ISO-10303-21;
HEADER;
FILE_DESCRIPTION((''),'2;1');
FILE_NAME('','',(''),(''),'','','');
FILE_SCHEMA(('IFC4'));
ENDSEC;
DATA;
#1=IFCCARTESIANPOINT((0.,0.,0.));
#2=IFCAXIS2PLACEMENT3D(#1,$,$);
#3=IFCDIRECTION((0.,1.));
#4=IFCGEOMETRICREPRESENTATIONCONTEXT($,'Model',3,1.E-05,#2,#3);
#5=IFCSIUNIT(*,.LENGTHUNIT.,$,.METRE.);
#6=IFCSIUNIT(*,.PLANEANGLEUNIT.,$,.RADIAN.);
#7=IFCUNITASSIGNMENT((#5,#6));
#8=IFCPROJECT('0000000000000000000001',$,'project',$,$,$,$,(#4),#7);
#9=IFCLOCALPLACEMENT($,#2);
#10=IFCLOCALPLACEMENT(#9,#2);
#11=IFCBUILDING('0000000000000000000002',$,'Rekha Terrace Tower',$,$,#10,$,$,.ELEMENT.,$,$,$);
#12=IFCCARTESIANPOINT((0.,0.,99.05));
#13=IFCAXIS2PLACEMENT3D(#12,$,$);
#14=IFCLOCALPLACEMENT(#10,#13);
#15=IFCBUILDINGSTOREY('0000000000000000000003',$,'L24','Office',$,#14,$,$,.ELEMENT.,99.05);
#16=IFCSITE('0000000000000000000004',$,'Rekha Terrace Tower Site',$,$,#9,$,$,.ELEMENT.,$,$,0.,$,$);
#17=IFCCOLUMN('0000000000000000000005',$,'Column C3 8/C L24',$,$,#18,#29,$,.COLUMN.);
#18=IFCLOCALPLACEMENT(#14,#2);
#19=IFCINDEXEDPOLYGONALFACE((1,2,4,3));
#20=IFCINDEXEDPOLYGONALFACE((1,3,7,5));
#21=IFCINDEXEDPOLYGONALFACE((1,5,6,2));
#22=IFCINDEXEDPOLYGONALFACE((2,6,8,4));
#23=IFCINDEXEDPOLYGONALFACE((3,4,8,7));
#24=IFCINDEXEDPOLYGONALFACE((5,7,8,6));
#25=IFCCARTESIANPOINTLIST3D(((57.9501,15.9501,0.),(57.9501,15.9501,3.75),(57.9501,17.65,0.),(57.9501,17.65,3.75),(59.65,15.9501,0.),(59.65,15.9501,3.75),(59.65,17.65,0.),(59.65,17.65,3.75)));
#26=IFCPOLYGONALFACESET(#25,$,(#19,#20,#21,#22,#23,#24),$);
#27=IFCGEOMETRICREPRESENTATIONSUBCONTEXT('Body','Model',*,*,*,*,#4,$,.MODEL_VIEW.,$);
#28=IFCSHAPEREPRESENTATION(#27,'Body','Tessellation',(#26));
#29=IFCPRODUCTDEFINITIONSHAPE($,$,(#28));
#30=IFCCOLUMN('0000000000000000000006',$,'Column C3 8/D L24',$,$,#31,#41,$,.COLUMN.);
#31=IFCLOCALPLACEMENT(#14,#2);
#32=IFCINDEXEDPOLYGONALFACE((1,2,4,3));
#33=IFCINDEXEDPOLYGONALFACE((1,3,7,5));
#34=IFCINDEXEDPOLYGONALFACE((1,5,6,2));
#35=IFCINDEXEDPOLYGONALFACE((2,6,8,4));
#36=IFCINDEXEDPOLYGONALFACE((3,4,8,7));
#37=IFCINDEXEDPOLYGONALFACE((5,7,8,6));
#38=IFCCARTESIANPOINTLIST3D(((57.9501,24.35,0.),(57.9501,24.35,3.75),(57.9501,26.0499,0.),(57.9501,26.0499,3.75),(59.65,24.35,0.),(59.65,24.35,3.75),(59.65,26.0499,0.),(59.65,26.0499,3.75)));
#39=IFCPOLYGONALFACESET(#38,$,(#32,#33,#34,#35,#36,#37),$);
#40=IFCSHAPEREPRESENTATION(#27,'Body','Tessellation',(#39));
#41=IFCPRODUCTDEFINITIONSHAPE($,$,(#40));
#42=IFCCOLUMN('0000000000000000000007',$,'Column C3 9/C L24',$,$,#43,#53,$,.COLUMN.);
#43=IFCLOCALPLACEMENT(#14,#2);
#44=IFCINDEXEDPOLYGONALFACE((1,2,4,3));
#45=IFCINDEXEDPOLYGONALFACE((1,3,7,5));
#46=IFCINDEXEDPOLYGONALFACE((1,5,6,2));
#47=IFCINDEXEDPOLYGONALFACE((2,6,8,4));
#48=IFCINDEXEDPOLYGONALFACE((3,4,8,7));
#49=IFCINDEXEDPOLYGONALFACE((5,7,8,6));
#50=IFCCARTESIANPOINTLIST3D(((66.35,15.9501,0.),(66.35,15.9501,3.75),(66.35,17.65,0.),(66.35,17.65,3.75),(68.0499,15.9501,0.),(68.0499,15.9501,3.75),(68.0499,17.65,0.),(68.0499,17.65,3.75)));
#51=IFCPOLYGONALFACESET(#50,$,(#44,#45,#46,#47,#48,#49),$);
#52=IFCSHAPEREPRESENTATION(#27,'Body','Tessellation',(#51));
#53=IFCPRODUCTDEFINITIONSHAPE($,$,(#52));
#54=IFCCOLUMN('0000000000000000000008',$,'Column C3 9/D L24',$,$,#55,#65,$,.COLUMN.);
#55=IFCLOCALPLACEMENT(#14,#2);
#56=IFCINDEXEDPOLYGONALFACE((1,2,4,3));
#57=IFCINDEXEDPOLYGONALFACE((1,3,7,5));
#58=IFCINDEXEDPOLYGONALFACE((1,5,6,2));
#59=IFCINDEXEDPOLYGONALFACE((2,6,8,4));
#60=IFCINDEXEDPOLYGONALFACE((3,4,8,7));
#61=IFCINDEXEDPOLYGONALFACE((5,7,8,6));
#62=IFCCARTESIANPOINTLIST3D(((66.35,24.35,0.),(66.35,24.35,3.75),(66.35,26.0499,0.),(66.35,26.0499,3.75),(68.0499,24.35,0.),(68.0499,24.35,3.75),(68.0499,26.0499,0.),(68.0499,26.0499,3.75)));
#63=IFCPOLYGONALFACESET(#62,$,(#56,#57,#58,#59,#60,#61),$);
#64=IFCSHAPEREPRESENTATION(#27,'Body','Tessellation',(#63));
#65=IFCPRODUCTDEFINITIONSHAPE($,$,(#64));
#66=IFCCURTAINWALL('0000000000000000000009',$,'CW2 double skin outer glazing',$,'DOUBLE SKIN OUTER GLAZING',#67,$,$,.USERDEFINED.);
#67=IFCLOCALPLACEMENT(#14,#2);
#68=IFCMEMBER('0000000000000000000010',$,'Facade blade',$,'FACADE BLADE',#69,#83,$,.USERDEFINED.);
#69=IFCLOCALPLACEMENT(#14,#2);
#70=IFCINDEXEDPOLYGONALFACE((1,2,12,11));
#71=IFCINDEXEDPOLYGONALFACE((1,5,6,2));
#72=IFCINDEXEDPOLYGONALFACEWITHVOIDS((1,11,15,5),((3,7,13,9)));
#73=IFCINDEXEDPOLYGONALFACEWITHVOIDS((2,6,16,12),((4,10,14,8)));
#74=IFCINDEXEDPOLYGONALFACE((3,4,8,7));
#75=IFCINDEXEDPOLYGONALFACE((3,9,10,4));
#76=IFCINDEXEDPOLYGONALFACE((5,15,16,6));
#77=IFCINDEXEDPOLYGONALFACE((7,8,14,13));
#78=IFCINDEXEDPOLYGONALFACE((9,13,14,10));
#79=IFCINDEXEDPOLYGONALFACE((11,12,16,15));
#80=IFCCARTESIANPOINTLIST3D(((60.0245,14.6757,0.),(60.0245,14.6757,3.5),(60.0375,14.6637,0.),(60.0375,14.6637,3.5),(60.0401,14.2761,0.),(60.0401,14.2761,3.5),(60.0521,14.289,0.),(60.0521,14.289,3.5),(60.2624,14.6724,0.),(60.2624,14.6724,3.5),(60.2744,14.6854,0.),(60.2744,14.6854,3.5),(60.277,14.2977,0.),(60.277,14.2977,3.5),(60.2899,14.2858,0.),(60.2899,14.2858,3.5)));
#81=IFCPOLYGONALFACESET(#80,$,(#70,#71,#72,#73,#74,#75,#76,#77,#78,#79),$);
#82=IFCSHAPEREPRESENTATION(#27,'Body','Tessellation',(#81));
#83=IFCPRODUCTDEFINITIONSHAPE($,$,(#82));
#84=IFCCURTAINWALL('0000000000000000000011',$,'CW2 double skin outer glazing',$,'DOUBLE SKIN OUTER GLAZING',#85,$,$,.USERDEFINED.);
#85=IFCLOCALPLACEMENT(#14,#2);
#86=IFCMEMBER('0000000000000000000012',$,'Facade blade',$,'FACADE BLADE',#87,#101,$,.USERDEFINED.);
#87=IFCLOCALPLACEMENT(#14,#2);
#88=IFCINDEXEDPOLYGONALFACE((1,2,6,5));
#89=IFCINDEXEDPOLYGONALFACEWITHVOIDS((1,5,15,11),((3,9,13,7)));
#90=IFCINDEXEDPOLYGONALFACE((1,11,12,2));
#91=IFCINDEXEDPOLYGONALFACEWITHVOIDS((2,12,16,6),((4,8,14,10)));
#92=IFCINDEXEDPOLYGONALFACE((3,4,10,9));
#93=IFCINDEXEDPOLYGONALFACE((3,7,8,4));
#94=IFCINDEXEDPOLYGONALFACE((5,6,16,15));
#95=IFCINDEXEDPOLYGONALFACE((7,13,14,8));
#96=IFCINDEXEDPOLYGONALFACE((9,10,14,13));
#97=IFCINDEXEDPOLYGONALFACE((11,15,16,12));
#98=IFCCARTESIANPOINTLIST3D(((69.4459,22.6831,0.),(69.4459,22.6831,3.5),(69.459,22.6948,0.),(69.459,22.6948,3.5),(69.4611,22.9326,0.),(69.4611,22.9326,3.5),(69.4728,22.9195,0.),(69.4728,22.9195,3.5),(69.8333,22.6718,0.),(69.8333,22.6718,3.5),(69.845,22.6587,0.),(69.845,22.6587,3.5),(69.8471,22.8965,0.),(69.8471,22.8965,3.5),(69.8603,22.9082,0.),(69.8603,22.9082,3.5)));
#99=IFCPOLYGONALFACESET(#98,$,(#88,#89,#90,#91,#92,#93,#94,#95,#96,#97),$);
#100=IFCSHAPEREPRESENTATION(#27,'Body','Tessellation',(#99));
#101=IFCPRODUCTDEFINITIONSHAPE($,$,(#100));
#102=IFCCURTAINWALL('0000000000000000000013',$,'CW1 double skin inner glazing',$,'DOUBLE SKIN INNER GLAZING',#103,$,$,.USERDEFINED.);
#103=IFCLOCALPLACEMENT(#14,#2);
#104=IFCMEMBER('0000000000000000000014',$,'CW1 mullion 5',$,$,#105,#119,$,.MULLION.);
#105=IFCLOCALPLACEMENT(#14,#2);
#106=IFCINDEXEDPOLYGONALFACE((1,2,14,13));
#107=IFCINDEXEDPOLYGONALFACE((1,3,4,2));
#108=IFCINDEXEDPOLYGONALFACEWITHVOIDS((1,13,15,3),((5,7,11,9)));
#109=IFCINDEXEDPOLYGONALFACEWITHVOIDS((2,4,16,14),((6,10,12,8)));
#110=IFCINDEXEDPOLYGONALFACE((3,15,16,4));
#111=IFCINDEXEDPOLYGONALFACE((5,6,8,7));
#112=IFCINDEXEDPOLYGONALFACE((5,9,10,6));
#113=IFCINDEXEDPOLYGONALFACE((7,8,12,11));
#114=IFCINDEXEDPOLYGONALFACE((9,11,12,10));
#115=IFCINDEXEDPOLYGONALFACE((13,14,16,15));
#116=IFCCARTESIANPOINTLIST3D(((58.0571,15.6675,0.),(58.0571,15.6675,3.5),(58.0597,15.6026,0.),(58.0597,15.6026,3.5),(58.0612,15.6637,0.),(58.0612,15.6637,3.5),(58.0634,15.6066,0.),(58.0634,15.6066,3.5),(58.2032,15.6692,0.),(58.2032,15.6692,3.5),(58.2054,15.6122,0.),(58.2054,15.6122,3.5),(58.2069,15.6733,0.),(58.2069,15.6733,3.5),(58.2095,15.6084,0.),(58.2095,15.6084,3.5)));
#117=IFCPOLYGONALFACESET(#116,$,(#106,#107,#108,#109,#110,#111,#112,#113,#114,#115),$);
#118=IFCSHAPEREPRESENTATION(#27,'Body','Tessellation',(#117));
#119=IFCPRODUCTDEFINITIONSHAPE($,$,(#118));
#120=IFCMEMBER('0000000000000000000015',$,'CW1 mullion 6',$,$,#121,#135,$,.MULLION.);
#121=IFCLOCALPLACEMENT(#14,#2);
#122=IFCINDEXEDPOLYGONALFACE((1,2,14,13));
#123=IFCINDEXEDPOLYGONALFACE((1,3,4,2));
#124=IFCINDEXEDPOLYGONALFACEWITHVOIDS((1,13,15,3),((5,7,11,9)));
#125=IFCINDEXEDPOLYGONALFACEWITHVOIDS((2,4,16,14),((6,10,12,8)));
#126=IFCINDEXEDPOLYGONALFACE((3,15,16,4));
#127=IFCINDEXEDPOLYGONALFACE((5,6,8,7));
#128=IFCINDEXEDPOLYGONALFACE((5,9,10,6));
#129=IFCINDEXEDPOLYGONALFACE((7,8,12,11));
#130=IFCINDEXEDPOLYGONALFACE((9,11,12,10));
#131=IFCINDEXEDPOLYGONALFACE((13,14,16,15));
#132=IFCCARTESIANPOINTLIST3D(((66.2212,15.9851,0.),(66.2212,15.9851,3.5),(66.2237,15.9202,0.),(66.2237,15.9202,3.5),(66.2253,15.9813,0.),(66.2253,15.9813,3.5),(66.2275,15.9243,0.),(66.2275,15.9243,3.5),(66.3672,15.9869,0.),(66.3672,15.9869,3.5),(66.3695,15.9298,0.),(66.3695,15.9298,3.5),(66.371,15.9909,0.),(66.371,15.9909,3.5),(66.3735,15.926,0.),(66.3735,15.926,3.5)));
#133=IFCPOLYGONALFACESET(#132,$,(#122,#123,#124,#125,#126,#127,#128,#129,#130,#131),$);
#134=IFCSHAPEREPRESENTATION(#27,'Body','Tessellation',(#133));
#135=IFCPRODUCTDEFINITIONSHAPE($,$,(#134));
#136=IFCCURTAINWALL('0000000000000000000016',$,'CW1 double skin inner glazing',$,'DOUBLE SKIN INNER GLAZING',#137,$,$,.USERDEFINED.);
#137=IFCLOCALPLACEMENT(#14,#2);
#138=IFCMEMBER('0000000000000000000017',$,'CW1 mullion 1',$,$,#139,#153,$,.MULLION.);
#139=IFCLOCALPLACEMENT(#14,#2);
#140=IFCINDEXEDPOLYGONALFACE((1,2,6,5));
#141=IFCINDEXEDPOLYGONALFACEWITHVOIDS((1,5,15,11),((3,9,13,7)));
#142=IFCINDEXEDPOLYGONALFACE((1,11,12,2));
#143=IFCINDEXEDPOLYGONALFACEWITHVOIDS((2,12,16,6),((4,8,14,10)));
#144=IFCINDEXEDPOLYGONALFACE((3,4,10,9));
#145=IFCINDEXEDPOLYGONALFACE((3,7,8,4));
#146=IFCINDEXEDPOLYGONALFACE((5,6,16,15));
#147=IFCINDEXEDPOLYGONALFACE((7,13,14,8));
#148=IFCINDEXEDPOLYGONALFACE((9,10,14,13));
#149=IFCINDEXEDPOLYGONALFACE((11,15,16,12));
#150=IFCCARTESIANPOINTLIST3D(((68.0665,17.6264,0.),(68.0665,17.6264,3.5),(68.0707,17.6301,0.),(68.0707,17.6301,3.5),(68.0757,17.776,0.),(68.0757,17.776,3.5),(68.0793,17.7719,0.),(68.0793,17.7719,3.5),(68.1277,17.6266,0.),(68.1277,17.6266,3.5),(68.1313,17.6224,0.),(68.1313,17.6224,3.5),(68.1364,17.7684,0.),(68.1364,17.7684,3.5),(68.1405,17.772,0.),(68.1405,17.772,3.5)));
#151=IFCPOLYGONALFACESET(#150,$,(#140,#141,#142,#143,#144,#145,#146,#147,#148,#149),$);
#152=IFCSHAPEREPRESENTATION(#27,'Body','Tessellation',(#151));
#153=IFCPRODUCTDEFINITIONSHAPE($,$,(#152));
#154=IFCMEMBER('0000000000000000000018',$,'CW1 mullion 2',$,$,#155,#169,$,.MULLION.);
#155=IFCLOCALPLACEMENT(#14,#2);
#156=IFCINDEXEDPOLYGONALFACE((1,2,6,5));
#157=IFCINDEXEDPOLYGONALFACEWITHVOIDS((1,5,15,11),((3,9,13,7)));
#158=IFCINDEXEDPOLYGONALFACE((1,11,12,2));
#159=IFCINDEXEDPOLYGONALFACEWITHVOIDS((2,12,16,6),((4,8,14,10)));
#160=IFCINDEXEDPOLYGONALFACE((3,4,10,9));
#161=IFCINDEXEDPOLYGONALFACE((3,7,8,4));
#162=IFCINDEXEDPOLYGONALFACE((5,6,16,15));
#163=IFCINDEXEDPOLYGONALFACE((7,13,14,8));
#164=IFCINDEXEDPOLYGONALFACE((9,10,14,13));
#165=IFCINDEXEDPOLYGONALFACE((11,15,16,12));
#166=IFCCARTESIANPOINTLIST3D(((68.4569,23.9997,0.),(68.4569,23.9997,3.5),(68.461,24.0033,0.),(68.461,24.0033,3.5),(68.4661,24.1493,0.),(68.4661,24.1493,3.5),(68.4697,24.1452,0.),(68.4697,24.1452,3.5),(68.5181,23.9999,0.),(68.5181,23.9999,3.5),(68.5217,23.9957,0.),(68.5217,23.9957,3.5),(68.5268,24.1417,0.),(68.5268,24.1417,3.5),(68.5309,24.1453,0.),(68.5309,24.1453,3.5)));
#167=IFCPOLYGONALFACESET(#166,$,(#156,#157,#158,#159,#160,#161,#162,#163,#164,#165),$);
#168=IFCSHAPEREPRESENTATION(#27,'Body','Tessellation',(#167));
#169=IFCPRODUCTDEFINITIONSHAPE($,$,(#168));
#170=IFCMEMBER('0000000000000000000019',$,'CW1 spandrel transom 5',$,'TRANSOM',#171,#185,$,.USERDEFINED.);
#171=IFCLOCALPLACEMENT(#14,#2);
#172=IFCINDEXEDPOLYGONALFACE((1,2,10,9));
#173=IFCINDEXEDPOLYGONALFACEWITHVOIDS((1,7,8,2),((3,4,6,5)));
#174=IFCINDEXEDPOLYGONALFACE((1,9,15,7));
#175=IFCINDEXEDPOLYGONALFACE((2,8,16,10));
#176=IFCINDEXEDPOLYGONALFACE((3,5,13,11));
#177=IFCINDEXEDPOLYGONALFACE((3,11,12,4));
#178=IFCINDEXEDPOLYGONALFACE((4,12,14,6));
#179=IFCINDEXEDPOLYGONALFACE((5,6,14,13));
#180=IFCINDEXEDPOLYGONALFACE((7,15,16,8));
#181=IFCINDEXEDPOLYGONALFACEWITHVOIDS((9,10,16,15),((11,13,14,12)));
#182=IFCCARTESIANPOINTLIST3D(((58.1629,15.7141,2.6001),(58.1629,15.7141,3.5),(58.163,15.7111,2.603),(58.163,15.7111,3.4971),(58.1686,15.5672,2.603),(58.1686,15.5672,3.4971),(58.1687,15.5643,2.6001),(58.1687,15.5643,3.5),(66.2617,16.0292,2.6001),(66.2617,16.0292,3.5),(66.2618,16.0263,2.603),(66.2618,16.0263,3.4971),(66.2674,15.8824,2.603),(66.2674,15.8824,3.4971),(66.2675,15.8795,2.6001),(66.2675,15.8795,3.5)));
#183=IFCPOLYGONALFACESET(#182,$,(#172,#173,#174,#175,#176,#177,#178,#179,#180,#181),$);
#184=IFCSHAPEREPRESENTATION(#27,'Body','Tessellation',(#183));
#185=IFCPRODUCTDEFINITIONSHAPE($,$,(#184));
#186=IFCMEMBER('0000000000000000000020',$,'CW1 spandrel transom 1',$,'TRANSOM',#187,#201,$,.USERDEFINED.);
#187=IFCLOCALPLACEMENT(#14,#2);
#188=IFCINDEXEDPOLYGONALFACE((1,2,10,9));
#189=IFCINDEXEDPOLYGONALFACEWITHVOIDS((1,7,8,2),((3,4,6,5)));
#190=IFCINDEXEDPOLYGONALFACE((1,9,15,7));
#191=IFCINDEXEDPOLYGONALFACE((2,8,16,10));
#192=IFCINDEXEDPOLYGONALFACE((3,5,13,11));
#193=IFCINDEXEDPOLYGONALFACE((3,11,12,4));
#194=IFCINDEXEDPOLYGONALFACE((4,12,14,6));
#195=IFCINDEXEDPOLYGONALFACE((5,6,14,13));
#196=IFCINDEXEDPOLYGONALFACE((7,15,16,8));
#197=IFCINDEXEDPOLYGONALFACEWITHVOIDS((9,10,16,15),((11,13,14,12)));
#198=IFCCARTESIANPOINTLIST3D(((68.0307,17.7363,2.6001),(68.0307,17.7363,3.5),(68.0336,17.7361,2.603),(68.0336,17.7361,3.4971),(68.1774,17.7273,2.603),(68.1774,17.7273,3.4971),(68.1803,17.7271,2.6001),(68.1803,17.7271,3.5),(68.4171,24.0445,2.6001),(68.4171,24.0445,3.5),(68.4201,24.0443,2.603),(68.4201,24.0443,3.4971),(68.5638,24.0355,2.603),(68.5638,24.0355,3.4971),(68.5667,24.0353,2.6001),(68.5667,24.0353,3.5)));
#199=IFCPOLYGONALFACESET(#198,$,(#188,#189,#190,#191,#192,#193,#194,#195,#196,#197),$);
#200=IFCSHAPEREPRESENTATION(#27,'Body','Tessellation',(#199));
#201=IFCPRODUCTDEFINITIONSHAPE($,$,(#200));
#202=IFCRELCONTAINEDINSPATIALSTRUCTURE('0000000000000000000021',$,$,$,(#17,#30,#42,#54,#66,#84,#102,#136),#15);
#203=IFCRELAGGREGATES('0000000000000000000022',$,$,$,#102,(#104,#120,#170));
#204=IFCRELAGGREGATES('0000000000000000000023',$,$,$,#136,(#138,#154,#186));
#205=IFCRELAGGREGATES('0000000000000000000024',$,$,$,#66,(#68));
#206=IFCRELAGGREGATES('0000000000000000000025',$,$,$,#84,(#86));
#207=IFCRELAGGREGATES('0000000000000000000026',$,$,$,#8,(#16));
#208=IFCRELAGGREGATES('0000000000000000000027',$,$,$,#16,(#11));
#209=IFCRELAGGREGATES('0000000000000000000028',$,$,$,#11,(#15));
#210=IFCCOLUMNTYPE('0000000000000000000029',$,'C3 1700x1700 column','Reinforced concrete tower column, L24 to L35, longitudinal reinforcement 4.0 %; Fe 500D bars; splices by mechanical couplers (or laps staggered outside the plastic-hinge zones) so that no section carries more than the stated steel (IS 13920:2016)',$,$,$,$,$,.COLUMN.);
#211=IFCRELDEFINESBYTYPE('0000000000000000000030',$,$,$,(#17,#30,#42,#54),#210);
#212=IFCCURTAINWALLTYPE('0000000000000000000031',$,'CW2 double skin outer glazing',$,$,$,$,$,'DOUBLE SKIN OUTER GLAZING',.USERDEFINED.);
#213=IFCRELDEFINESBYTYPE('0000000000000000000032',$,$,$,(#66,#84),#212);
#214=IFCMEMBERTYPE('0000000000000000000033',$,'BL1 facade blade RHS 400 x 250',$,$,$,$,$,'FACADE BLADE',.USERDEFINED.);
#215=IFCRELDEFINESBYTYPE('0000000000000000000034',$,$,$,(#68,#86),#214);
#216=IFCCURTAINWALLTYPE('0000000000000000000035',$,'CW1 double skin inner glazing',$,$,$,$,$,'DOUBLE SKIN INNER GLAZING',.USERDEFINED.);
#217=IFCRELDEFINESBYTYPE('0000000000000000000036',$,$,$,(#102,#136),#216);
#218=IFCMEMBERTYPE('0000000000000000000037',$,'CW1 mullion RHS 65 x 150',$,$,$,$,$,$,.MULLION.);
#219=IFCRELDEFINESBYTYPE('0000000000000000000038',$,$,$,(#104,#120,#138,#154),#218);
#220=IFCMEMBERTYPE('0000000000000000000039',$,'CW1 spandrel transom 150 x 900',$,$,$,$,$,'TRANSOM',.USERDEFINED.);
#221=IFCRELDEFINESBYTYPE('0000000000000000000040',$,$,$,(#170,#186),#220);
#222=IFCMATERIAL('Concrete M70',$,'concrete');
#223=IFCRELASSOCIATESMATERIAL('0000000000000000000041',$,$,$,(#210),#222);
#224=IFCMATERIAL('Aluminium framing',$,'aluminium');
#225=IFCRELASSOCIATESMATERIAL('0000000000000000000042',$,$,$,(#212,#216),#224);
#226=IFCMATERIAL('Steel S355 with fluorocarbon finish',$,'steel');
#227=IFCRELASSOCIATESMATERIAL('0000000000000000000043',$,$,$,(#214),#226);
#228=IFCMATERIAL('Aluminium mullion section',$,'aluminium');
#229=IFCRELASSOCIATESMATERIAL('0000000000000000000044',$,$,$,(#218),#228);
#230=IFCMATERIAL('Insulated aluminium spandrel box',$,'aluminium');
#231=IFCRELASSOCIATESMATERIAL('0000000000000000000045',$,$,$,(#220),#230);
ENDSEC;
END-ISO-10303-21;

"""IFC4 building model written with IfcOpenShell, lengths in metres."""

from ifc_helpers import new_model, si_unit, direction, frame, origin, origin_2d, place, context, subcontext, project, spatial, rectangle, hollow_rectangle, extrude, material, material_profile, profile_set, type_object, element, aggregate, save


model = new_model("IFC4")

# Units and contexts
model_context = context("Model", 3, precision=1e-05, world=origin(), true_north=direction((0.0, 1.0)))
body_context = subcontext(model_context, "Body", "Model", "MODEL_VIEW")
ifc_project = project(units=[si_unit("LENGTHUNIT", "METRE"), si_unit("PLANEANGLEUNIT", "RADIAN")], contexts=[model_context])

# Site, building, storey
site_placement = place(None, origin())
site = spatial("IfcSite", under=ifc_project, at=site_placement, Name="Rekha Terrace Tower Site", CompositionType="ELEMENT", RefElevation=0.0)
building_placement = place(site_placement, origin())
building = spatial("IfcBuilding", under=site, at=building_placement, Name="Rekha Terrace Tower", CompositionType="ELEMENT")
storey_placement = place(building_placement, frame((0.0, 0.0, 99.05)))
storey = spatial("IfcBuildingStorey", under=building, at=storey_placement, Name="L24", Description="Office", CompositionType="ELEMENT", Elevation=99.05)

# Columns
ifc_material_1 = material(Name="Concrete M70", Category="concrete")
ifc_material_profile_1 = material_profile(ifc_material_1, rectangle(XDim=1.7, YDim=1.7, at=origin_2d()), Name="RC 1700x1700")
ifc_profile_set_1 = profile_set([ifc_material_profile_1], Name="Concrete M70")
column_type = type_object("IfcColumnType", Name="C3 1700x1700 column", Description="Reinforced concrete tower column, L24 to L35, longitudinal reinforcement 4.0 %; Fe 500D bars; splices by mechanical couplers (or laps staggered outside the plastic-hinge zones) so that no section carries more than the stated steel (IS 13920:2016)", PredefinedType="COLUMN", material=ifc_profile_set_1)
for number, where, z_axis, x_axis, name in (
    (1, (58.8, 16.8, 0.0), (0.0, 0.0, 1.0), (1.0, 0.0, 0.0), "Column C3 8/C L24"),
    (2, (58.8, 25.2, 0.0), (0.0, 0.0, 1.0), (1.0, 0.0, 0.0), "Column C3 8/D L24"),
    (3, (67.2, 16.8, 0.0), (0.0, 0.0, 1.0), (1.0, 0.0, 0.0), "Column C3 9/C L24"),
    (4, (67.2, 25.2, 0.0), (0.0, 0.0, 1.0), (1.0, 0.0, 0.0), "Column C3 9/D L24"),
):
    element("IfcColumn", number, at=place(storey_placement, frame(where, z_axis=z_axis, x_axis=x_axis)), inside=storey, type_object=column_type, Name=name, PredefinedType="COLUMN", context=body_context, shape_type="SweptSolid", body=[
        extrude(rectangle(XDim=1.7, YDim=1.7, at=origin_2d()), origin(), (0.0, 0.0, 1.0), 3.75),
    ])

# Curtain walls, members
ifc_material_2 = material(Name="Aluminium framing", Category="aluminium")
curtain_wall_type_1 = type_object("IfcCurtainWallType", Name="CW2 double skin outer glazing", ElementType="DOUBLE SKIN OUTER GLAZING", PredefinedType="USERDEFINED", material=ifc_material_2)
curtain_wall_1_placement = place(storey_placement, origin())
curtain_wall_1 = element("IfcCurtainWall", 5, at=curtain_wall_1_placement, inside=storey, type_object=curtain_wall_type_1, Name="CW2 double skin outer glazing", ObjectType="DOUBLE SKIN OUTER GLAZING", PredefinedType="USERDEFINED")
ifc_material_3 = material(Name="Steel S355 with fluorocarbon finish", Category="steel")
ifc_material_profile_2 = material_profile(ifc_material_3, hollow_rectangle(XDim=0.25, YDim=0.3999, WallThickness=0.0125, at=origin_2d()), Name="RHS400x250x12.5")
ifc_profile_set_2 = profile_set([ifc_material_profile_2], Name="Steel S355 with fluorocarbon finish")
member_type_1 = type_object("IfcMemberType", Name="BL1 facade blade RHS 400 x 250", ElementType="FACADE BLADE", PredefinedType="USERDEFINED", material=ifc_profile_set_2)
member_1_placement = place(storey_placement, frame((60.1572, 14.4807, 0.0), z_axis=(0.0, 0.0, 1.0), x_axis=(0.999243, 0.03889, 0.0)))
member_1 = element("IfcMember", 6, at=member_1_placement, type_object=member_type_1, Name="Facade blade", ObjectType="FACADE BLADE", PredefinedType="USERDEFINED", context=body_context, shape_type="SweptSolid", body=[
    extrude(hollow_rectangle(XDim=0.25, YDim=0.3999, WallThickness=0.0125, at=origin_2d()), origin(), (0.0, 0.0, 1.0), 3.5),
])
curtain_wall_2_placement = place(storey_placement, origin())
curtain_wall_2 = element("IfcCurtainWall", 7, at=curtain_wall_2_placement, inside=storey, type_object=curtain_wall_type_1, Name="CW2 double skin outer glazing", ObjectType="DOUBLE SKIN OUTER GLAZING", PredefinedType="USERDEFINED")
member_2_placement = place(storey_placement, frame((69.6531, 22.7957, 0.0), z_axis=(0.0, 0.0, 1.0), x_axis=(0.06116, 0.998128, 0.0)))
member_2 = element("IfcMember", 8, at=member_2_placement, type_object=member_type_1, Name="Facade blade", ObjectType="FACADE BLADE", PredefinedType="USERDEFINED", context=body_context, shape_type="SweptSolid", body=[
    extrude(hollow_rectangle(XDim=0.25, YDim=0.3999, WallThickness=0.0125, at=origin_2d()), origin(), (0.0, 0.0, 1.0), 3.5),
])

# Curtain walls, members
curtain_wall_type_2 = type_object("IfcCurtainWallType", Name="CW1 double skin inner glazing", ElementType="DOUBLE SKIN INNER GLAZING", PredefinedType="USERDEFINED", material=ifc_material_2)
curtain_wall_3_placement = place(storey_placement, origin())
curtain_wall_3 = element("IfcCurtainWall", 9, at=curtain_wall_3_placement, inside=storey, type_object=curtain_wall_type_2, Name="CW1 double skin inner glazing", ObjectType="DOUBLE SKIN INNER GLAZING", PredefinedType="USERDEFINED")
ifc_material_4 = material(Name="Aluminium mullion section", Category="aluminium")
ifc_material_profile_3 = material_profile(ifc_material_4, hollow_rectangle(XDim=0.0649, YDim=0.1499, WallThickness=0.0039, at=origin_2d()), Name="AL RHS 65x150")
ifc_profile_set_3 = profile_set([ifc_material_profile_3], Name="Aluminium mullion section")
member_type_2 = type_object("IfcMemberType", Name="CW1 mullion RHS 65 x 150", PredefinedType="MULLION", material=ifc_profile_set_3)
member_3_placement = place(storey_placement, frame((58.1333, 15.6379, 0.0), z_axis=(0.0, 0.0, 1.0), x_axis=(-0.03889, 0.999243, 0.0)))
member_3 = element("IfcMember", 10, at=member_3_placement, type_object=member_type_2, Name="CW1 mullion 5", PredefinedType="MULLION", context=body_context, shape_type="SweptSolid", body=[
    extrude(hollow_rectangle(XDim=0.0649, YDim=0.1499, WallThickness=0.0039, at=origin_2d()), origin(), (0.0, 0.0, 1.0), 3.5),
])
member_4_placement = place(storey_placement, frame((66.2974, 15.9556, 0.0), z_axis=(0.0, 0.0, 1.0), x_axis=(-0.03889, 0.999243, 0.0)))
member_4 = element("IfcMember", 11, at=member_4_placement, type_object=member_type_2, Name="CW1 mullion 6", PredefinedType="MULLION", context=body_context, shape_type="SweptSolid", body=[
    extrude(hollow_rectangle(XDim=0.0649, YDim=0.1499, WallThickness=0.0039, at=origin_2d()), origin(), (0.0, 0.0, 1.0), 3.5),
])
curtain_wall_4_placement = place(storey_placement, origin())
curtain_wall_4 = element("IfcCurtainWall", 12, at=curtain_wall_4_placement, inside=storey, type_object=curtain_wall_type_2, Name="CW1 double skin inner glazing", ObjectType="DOUBLE SKIN INNER GLAZING", PredefinedType="USERDEFINED")
member_5_placement = place(storey_placement, frame((68.1035, 17.6992, 0.0), z_axis=(0.0, 0.0, 1.0), x_axis=(-0.998128, 0.06116, 0.0)))
member_5 = element("IfcMember", 13, at=member_5_placement, type_object=member_type_2, Name="CW1 mullion 1", PredefinedType="MULLION", context=body_context, shape_type="SweptSolid", body=[
    extrude(hollow_rectangle(XDim=0.0649, YDim=0.1499, WallThickness=0.0039, at=origin_2d()), origin(), (0.0, 0.0, 1.0), 3.5),
])
member_6_placement = place(storey_placement, frame((68.4939, 24.0725, 0.0), z_axis=(0.0, 0.0, 1.0), x_axis=(-0.998128, 0.06116, 0.0)))
member_6 = element("IfcMember", 14, at=member_6_placement, type_object=member_type_2, Name="CW1 mullion 2", PredefinedType="MULLION", context=body_context, shape_type="SweptSolid", body=[
    extrude(hollow_rectangle(XDim=0.0649, YDim=0.1499, WallThickness=0.0039, at=origin_2d()), origin(), (0.0, 0.0, 1.0), 3.5),
])

# Members
ifc_material_5 = material(Name="Insulated aluminium spandrel box", Category="aluminium")
ifc_material_profile_4 = material_profile(ifc_material_5, hollow_rectangle(XDim=0.1499, YDim=0.8999, WallThickness=0.0029, at=origin_2d()), Name="AL SPANDREL BOX 150x900")
ifc_profile_set_4 = profile_set([ifc_material_profile_4], Name="Insulated aluminium spandrel box")
member_type_3 = type_object("IfcMemberType", Name="CW1 spandrel transom 150 x 900", ElementType="TRANSOM", PredefinedType="USERDEFINED", material=ifc_profile_set_4)
member_7_placement = place(storey_placement, frame((58.1658, 15.6392, 3.05), z_axis=(0.999244, 0.038888, 0.0), x_axis=(-0.038888, 0.999244, 0.0)))
member_7 = element("IfcMember", 15, at=member_7_placement, type_object=member_type_3, Name="CW1 spandrel transom 5", ObjectType="TRANSOM", PredefinedType="USERDEFINED", context=body_context, shape_type="SweptSolid", body=[
    extrude(hollow_rectangle(XDim=0.1499, YDim=0.8999, WallThickness=0.0029, at=origin_2d()), origin(), (0.0, 0.0, 1.0), 8.105),
])
member_8_placement = place(storey_placement, frame((68.1055, 17.7317, 3.05), z_axis=(0.061149, 0.998129, 0.0), x_axis=(-0.998129, 0.061149, 0.0)))
member_8 = element("IfcMember", 16, at=member_8_placement, type_object=member_type_3, Name="CW1 spandrel transom 1", ObjectType="TRANSOM", PredefinedType="USERDEFINED", context=body_context, shape_type="SweptSolid", body=[
    extrude(hollow_rectangle(XDim=0.1499, YDim=0.8999, WallThickness=0.0029, at=origin_2d()), origin(), (0.0, 0.0, 1.0), 6.3201),
])

aggregate(curtain_wall_3, [member_3, member_4, member_7])
aggregate(curtain_wall_4, [member_5, member_6, member_8])
aggregate(curtain_wall_1, [member_1])
aggregate(curtain_wall_2, [member_2])

save(model, "model.ifc")
